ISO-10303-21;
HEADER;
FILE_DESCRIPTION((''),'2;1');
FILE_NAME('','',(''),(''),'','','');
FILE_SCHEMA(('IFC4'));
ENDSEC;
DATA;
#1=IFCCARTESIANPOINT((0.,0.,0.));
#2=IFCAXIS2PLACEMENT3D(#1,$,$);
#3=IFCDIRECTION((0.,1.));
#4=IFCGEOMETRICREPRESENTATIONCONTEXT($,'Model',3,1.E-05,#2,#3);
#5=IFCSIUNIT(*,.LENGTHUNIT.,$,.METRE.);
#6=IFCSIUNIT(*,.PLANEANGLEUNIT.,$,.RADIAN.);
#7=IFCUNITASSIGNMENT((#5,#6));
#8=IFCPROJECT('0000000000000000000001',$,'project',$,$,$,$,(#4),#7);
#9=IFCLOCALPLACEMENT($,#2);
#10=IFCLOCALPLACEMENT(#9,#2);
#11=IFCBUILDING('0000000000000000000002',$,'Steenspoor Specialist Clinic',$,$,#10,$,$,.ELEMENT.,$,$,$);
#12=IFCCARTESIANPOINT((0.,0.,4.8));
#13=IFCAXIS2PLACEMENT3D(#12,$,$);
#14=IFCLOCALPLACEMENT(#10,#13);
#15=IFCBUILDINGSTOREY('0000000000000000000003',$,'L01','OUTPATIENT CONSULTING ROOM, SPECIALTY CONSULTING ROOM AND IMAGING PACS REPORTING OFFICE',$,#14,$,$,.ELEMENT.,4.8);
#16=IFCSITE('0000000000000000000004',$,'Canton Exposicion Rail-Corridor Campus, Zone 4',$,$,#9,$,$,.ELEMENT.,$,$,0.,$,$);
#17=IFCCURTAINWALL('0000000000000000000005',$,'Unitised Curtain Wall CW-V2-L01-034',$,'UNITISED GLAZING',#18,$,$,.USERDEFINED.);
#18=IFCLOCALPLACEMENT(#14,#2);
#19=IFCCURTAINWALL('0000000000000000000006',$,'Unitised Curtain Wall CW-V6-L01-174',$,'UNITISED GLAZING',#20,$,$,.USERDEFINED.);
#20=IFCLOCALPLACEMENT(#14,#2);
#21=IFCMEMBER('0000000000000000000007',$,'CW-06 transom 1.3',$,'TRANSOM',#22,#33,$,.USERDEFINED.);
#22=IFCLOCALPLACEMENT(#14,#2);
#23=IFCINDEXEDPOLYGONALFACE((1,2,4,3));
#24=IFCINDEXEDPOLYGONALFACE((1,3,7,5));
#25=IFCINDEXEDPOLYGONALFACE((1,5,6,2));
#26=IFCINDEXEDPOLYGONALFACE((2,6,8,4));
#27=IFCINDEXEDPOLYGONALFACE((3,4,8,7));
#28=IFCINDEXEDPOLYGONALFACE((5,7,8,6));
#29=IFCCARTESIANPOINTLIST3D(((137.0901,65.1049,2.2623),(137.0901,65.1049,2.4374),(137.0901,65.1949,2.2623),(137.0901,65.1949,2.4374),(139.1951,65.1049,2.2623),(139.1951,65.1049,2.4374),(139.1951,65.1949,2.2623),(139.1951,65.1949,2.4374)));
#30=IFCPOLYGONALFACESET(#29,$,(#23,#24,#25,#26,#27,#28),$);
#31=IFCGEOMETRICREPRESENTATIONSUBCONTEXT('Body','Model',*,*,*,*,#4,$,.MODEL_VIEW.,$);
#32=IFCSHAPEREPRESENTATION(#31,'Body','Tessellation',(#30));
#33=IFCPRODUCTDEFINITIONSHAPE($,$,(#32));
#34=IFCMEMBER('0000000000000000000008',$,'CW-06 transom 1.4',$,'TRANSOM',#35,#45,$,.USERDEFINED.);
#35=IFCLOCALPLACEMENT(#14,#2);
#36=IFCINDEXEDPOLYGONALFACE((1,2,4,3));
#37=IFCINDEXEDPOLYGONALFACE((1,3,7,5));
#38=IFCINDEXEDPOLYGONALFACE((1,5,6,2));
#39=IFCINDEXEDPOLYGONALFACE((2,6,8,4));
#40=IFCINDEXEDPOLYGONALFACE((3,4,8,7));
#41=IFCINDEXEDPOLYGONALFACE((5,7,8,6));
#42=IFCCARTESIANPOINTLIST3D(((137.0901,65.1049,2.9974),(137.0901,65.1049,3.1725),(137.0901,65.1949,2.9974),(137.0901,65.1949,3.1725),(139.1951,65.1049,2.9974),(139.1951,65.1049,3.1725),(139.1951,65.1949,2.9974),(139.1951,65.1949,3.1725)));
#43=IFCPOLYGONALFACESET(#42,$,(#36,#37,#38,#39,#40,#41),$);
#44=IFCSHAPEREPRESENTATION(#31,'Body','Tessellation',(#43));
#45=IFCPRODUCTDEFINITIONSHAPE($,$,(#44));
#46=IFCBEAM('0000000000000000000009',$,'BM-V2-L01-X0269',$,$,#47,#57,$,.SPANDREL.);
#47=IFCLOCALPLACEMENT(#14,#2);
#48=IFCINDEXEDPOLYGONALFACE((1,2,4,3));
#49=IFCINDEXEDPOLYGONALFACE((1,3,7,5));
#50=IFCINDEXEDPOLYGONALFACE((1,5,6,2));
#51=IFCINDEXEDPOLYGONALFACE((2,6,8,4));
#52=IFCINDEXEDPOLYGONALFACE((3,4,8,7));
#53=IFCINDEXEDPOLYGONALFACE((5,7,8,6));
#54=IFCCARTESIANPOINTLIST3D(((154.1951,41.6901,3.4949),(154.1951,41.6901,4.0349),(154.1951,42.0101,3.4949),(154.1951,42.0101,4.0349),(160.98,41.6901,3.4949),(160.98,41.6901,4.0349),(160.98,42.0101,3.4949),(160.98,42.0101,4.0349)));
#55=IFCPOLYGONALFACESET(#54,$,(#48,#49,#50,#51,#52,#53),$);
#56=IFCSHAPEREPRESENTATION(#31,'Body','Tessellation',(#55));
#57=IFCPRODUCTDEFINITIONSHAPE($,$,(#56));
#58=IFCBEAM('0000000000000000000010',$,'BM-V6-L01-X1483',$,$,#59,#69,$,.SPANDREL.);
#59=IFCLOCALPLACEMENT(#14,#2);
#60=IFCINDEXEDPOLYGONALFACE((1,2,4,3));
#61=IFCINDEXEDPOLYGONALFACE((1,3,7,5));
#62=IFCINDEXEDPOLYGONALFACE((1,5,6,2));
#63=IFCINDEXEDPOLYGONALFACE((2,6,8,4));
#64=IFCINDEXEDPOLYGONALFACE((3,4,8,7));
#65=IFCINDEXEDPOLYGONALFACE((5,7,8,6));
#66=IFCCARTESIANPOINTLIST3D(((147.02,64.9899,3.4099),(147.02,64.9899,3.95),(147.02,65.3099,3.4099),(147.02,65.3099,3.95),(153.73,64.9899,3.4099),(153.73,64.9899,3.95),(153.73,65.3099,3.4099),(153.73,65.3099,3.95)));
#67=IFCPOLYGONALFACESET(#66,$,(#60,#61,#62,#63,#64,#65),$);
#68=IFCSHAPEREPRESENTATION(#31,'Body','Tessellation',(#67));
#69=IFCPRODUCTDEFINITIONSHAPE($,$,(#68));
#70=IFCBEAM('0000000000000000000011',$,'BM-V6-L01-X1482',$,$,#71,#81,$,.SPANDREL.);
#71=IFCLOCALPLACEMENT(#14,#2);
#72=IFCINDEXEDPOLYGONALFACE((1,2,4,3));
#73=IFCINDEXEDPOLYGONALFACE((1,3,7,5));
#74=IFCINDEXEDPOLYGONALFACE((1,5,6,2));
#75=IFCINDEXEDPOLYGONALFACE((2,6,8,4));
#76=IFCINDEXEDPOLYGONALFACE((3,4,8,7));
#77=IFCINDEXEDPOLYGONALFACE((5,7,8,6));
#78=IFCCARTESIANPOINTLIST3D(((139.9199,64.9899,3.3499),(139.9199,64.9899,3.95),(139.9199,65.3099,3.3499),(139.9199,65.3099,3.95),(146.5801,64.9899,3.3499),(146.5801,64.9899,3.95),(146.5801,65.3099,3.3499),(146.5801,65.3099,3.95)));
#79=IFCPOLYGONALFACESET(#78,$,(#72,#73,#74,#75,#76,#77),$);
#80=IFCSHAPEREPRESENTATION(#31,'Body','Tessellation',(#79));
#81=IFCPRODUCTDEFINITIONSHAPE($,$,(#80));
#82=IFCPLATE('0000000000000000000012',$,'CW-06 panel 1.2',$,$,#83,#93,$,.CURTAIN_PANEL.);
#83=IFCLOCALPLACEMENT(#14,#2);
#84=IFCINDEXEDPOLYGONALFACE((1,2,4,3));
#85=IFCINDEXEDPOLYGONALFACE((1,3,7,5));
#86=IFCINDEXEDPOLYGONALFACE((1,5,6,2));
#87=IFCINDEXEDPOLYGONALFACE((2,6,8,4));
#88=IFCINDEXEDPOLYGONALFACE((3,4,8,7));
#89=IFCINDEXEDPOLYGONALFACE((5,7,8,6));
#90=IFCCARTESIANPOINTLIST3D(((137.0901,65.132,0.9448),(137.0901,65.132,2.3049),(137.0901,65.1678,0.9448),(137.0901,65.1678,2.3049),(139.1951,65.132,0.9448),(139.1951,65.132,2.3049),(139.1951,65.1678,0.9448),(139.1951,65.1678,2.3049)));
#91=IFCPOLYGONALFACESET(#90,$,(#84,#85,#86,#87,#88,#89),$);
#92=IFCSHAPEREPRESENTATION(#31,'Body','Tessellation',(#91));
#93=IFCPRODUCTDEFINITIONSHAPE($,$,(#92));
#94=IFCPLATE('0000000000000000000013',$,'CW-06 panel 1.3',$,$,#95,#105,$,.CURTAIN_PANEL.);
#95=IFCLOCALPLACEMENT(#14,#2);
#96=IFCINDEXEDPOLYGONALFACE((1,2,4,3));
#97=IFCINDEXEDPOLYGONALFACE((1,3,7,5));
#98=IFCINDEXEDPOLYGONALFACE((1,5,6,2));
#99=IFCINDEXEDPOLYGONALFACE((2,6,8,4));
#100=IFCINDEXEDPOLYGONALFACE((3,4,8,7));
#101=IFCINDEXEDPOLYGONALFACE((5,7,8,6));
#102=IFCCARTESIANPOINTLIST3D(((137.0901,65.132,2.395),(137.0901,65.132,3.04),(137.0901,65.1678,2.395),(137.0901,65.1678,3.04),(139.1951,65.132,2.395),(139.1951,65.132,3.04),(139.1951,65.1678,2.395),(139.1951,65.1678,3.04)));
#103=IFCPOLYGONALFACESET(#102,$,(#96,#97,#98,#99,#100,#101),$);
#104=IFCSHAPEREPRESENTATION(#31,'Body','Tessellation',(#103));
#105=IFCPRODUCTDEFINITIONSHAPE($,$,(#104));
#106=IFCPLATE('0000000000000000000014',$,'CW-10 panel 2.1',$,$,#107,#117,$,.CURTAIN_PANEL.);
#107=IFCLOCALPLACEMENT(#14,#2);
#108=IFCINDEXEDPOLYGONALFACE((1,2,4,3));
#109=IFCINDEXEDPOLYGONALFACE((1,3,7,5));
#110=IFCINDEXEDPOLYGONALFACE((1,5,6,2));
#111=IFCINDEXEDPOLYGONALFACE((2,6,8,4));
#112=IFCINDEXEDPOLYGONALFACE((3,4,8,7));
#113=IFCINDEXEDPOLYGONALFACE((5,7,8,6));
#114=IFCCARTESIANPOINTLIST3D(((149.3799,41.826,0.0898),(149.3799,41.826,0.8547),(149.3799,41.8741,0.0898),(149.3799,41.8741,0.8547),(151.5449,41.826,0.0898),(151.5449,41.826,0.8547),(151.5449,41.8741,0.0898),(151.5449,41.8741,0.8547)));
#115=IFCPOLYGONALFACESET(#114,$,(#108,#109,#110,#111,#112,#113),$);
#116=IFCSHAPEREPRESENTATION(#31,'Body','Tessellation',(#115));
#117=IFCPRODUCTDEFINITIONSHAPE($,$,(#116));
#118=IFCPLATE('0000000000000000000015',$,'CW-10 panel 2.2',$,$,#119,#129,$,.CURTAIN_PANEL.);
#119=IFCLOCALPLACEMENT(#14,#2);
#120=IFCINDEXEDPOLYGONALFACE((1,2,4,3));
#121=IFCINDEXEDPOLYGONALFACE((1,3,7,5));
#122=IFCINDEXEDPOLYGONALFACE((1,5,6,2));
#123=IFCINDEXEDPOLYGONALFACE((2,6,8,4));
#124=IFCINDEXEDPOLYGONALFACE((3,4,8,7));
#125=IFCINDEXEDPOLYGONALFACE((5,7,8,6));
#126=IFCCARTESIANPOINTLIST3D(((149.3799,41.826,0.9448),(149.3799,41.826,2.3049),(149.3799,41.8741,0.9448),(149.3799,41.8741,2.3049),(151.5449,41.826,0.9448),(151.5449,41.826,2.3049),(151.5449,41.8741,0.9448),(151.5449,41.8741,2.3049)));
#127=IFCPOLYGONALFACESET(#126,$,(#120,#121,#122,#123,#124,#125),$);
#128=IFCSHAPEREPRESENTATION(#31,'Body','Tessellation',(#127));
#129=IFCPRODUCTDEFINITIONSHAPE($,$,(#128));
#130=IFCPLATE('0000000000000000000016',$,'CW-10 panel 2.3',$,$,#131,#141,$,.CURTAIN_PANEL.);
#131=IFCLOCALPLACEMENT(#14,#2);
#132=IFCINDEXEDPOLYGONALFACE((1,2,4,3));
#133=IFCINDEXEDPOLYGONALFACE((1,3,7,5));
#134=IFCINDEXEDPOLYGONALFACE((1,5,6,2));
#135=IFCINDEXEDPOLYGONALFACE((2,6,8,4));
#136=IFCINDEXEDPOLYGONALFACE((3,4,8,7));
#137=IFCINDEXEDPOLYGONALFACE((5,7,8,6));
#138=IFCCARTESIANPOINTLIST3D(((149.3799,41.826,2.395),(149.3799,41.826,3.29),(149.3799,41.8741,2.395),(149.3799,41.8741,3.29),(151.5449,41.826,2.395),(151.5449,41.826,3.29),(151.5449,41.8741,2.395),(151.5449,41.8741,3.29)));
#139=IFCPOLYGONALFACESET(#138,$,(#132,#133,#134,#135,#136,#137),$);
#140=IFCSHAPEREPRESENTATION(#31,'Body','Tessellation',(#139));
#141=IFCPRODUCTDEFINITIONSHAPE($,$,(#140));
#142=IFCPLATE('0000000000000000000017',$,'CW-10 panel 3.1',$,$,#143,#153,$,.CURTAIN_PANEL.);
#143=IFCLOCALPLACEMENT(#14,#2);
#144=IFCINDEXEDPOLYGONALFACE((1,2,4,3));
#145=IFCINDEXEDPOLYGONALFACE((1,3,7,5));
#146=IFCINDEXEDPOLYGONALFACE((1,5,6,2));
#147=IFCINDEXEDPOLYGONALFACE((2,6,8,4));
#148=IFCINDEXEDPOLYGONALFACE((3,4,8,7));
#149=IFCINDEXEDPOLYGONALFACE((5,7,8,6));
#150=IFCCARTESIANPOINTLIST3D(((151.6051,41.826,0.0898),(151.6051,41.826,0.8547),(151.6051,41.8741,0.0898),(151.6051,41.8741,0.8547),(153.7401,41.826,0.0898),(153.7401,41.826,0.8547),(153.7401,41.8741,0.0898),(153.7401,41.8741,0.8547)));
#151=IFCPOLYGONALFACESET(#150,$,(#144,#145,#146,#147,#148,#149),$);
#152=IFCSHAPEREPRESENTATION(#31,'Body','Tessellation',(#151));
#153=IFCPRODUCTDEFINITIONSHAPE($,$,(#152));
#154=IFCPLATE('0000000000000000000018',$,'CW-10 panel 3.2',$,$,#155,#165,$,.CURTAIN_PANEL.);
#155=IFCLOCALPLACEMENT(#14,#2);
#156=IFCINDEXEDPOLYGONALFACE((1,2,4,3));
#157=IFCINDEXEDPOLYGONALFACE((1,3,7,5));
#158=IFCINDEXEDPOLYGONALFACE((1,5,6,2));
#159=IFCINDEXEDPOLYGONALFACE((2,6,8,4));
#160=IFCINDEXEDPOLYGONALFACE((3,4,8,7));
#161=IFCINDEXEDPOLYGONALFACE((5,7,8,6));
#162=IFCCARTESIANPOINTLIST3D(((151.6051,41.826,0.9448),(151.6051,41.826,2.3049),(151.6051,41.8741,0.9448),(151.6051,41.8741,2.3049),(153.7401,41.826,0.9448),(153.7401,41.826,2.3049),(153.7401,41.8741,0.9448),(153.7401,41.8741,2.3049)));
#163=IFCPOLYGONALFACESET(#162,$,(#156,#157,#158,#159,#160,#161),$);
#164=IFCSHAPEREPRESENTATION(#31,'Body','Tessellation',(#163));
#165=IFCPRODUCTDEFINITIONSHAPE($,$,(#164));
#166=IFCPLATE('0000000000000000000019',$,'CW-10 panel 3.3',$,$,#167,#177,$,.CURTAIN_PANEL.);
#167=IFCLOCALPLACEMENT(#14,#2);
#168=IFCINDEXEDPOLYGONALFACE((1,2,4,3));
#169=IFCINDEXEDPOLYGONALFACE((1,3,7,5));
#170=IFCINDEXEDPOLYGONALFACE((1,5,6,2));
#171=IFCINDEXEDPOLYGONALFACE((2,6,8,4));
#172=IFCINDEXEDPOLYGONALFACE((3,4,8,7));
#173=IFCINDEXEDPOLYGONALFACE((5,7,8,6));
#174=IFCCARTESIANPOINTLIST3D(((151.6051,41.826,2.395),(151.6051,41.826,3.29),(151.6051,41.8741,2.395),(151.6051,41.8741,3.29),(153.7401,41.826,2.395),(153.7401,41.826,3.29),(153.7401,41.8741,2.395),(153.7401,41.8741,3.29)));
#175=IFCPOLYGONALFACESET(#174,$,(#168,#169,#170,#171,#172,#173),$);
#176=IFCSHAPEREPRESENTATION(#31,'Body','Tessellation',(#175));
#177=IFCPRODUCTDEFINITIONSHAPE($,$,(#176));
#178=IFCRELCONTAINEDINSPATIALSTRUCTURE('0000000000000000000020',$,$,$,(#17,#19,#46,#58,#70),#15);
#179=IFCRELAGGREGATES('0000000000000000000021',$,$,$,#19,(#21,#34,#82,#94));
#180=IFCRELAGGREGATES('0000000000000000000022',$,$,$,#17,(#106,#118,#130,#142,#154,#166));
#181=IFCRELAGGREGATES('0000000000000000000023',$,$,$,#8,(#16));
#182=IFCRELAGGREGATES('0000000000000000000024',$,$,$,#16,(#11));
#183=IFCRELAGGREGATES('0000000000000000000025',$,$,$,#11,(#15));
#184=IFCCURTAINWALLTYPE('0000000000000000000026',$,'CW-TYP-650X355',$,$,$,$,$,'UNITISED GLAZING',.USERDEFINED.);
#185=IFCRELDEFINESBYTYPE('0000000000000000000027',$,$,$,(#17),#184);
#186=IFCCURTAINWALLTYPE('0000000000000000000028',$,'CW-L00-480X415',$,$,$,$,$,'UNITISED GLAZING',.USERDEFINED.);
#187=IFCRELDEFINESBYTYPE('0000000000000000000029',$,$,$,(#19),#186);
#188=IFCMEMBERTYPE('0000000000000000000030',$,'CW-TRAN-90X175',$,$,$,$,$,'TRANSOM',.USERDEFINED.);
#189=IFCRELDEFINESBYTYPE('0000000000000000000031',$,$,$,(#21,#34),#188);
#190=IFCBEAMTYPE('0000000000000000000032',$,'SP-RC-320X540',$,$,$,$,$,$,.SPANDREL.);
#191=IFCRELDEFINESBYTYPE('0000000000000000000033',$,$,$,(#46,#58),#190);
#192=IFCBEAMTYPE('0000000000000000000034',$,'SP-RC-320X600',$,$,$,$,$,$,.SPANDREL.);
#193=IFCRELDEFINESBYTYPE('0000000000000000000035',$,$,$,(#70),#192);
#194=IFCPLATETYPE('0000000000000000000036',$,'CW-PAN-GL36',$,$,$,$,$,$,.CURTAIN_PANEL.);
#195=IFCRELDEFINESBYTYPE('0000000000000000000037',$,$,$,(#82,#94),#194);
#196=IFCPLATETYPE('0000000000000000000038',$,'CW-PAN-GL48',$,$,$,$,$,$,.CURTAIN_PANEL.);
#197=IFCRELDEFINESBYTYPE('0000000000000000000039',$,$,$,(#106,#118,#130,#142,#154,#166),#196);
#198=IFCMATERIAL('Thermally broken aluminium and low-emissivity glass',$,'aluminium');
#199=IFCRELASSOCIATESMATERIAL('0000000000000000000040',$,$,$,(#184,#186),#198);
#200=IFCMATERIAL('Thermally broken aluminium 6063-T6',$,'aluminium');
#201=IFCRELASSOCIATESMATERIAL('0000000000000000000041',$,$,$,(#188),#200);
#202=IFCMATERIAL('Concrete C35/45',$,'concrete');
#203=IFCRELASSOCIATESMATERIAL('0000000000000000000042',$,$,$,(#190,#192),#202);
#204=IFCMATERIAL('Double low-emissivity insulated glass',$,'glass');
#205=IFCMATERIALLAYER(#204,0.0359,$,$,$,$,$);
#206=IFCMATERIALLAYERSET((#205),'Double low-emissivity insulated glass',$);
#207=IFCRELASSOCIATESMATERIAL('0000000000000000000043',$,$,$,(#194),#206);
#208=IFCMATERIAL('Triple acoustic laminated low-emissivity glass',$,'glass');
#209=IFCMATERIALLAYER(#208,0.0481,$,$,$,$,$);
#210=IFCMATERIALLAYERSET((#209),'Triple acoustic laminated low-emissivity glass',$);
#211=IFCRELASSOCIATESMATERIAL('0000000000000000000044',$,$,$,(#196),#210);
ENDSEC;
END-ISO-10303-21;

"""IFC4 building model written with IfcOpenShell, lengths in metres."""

from ifc_helpers import new_model, si_unit, direction, frame, origin, origin_2d, place, context, subcontext, project, spatial, rectangle, extrude, material, layer, layer_set, material_profile, profile_set, type_object, element, aggregate, save


model = new_model("IFC4")

# Units and contexts
model_context = context("Model", 3, precision=1e-05, world=origin(), true_north=direction((0.0, 1.0)))
body_context = subcontext(model_context, "Body", "Model", "MODEL_VIEW")
ifc_project = project(units=[si_unit("LENGTHUNIT", "METRE"), si_unit("PLANEANGLEUNIT", "RADIAN")], contexts=[model_context])

# Site, building, storey
site_placement = place(None, origin())
site = spatial("IfcSite", under=ifc_project, at=site_placement, Name="Canton Exposicion Rail-Corridor Campus, Zone 4", CompositionType="ELEMENT", RefElevation=0.0)
building_placement = place(site_placement, origin())
building = spatial("IfcBuilding", under=site, at=building_placement, Name="Steenspoor Specialist Clinic", CompositionType="ELEMENT")
storey_placement = place(building_placement, frame((0.0, 0.0, 4.8)))
storey = spatial("IfcBuildingStorey", under=building, at=storey_placement, Name="L01", Description="OUTPATIENT CONSULTING ROOM, SPECIALTY CONSULTING ROOM AND IMAGING PACS REPORTING OFFICE", CompositionType="ELEMENT", Elevation=4.8)

# Curtain wall
ifc_material_1 = material(Name="Thermally broken aluminium and low-emissivity glass", Category="aluminium")
curtain_wall_type_1 = type_object("IfcCurtainWallType", Name="CW-TYP-650X355", ElementType="UNITISED GLAZING", PredefinedType="USERDEFINED", material=ifc_material_1)
curtain_wall_1_placement = place(storey_placement, origin())
curtain_wall_1 = element("IfcCurtainWall", 1, at=curtain_wall_1_placement, inside=storey, type_object=curtain_wall_type_1, Name="Unitised Curtain Wall CW-V2-L01-034", ObjectType="UNITISED GLAZING", PredefinedType="USERDEFINED")
ifc_material_2 = material(Name="Thermally broken aluminium 6063-T6", Category="aluminium")

# Curtain wall
curtain_wall_type_2 = type_object("IfcCurtainWallType", Name="CW-L00-480X415", ElementType="UNITISED GLAZING", PredefinedType="USERDEFINED", material=ifc_material_1)
curtain_wall_2_placement = place(storey_placement, origin())
curtain_wall_2 = element("IfcCurtainWall", 2, at=curtain_wall_2_placement, inside=storey, type_object=curtain_wall_type_2, Name="Unitised Curtain Wall CW-V6-L01-174", ObjectType="UNITISED GLAZING", PredefinedType="USERDEFINED")

# Members
ifc_material_profile_1 = material_profile(ifc_material_2, rectangle(XDim=0.0901, YDim=0.175, at=origin_2d()), Name="CWT-90X175")
ifc_profile_set_1 = profile_set([ifc_material_profile_1], Name="Thermally broken aluminium 6063-T6")
member_type_1 = type_object("IfcMemberType", Name="CW-TRAN-90X175", ElementType="TRANSOM", PredefinedType="USERDEFINED", material=ifc_profile_set_1)
member_1_placement = place(storey_placement, frame((139.1951, 65.1499, 2.3499), z_axis=(-1.0, 0.0, 0.0), x_axis=(0.0, -1.0, 0.0)))
member_1 = element("IfcMember", 3, at=member_1_placement, type_object=member_type_1, Name="CW-06 transom 1.3", ObjectType="TRANSOM", PredefinedType="USERDEFINED", context=body_context, shape_type="SweptSolid", body=[
    extrude(rectangle(XDim=0.0901, YDim=0.175, at=origin_2d()), origin(), (0.0, 0.0, 1.0), 2.105),
])
member_2_placement = place(storey_placement, frame((139.1951, 65.1499, 3.085), z_axis=(-1.0, 0.0, 0.0), x_axis=(0.0, -1.0, 0.0)))
member_2 = element("IfcMember", 4, at=member_2_placement, type_object=member_type_1, Name="CW-06 transom 1.4", ObjectType="TRANSOM", PredefinedType="USERDEFINED", context=body_context, shape_type="SweptSolid", body=[
    extrude(rectangle(XDim=0.0901, YDim=0.175, at=origin_2d()), origin(), (0.0, 0.0, 1.0), 2.105),
])

# Beams
ifc_material_3 = material(Name="Concrete C35/45", Category="concrete")
ifc_material_profile_2 = material_profile(ifc_material_3, rectangle(XDim=0.3201, YDim=0.54, at=origin_2d()), Name="RC-SP-320X540")
ifc_profile_set_2 = profile_set([ifc_material_profile_2], Name="Concrete C35/45")
beam_type_1 = type_object("IfcBeamType", Name="SP-RC-320X540", PredefinedType="SPANDREL", material=ifc_profile_set_2)
beam_1_placement = place(storey_placement, frame((154.1951, 41.8501, 3.7649), z_axis=(1.0, 0.0, 0.0), x_axis=(0.0, 1.0, 0.0)))
element("IfcBeam", 5, at=beam_1_placement, inside=storey, type_object=beam_type_1, Name="BM-V2-L01-X0269", PredefinedType="SPANDREL", context=body_context, shape_type="SweptSolid", body=[
    extrude(rectangle(XDim=0.3201, YDim=0.54, at=origin_2d()), origin(), (0.0, 0.0, 1.0), 6.7849),
])
beam_2_placement = place(storey_placement, frame((147.02, 65.1499, 3.6799), z_axis=(1.0, 0.0, 0.0), x_axis=(0.0, 1.0, 0.0)))
element("IfcBeam", 6, at=beam_2_placement, inside=storey, type_object=beam_type_1, Name="BM-V6-L01-X1483", PredefinedType="SPANDREL", context=body_context, shape_type="SweptSolid", body=[
    extrude(rectangle(XDim=0.3201, YDim=0.54, at=origin_2d()), origin(), (0.0, 0.0, 1.0), 6.71),
])
ifc_material_profile_3 = material_profile(ifc_material_3, rectangle(XDim=0.3201, YDim=0.6001, at=origin_2d()), Name="RC-SP-320X600")
ifc_profile_set_3 = profile_set([ifc_material_profile_3], Name="Concrete C35/45")
beam_type_2 = type_object("IfcBeamType", Name="SP-RC-320X600", PredefinedType="SPANDREL", material=ifc_profile_set_3)
beam_3_placement = place(storey_placement, frame((139.9199, 65.1499, 3.6499), z_axis=(1.0, 0.0, 0.0), x_axis=(0.0, 1.0, 0.0)))
element("IfcBeam", 7, at=beam_3_placement, inside=storey, type_object=beam_type_2, Name="BM-V6-L01-X1482", PredefinedType="SPANDREL", context=body_context, shape_type="SweptSolid", body=[
    extrude(rectangle(XDim=0.3201, YDim=0.6001, at=origin_2d()), origin(), (0.0, 0.0, 1.0), 6.6602),
])

# Plates
ifc_material_4 = material(Name="Double low-emissivity insulated glass", Category="glass")
ifc_layer_1 = layer(ifc_material_4, 0.0359)
ifc_layer_set_1 = layer_set([ifc_layer_1], Name="Double low-emissivity insulated glass")
plate_type_1 = type_object("IfcPlateType", Name="CW-PAN-GL36", PredefinedType="CURTAIN_PANEL", material=ifc_layer_set_1)
plate_1_placement = place(storey_placement, frame((138.1426, 65.1499, 0.9448), z_axis=(0.0, 0.0, 1.0), x_axis=(-1.0, 0.0, 0.0)))
plate_1 = element("IfcPlate", 8, at=plate_1_placement, type_object=plate_type_1, Name="CW-06 panel 1.2", PredefinedType="CURTAIN_PANEL", context=body_context, shape_type="SweptSolid", body=[
    extrude(rectangle(XDim=2.105, YDim=0.0359, at=origin_2d()), origin(), (0.0, 0.0, 1.0), 1.3601),
])
plate_2_placement = place(storey_placement, frame((138.1426, 65.1499, 2.395), z_axis=(0.0, 0.0, 1.0), x_axis=(-1.0, 0.0, 0.0)))
plate_2 = element("IfcPlate", 9, at=plate_2_placement, type_object=plate_type_1, Name="CW-06 panel 1.3", PredefinedType="CURTAIN_PANEL", context=body_context, shape_type="SweptSolid", body=[
    extrude(rectangle(XDim=2.105, YDim=0.0359, at=origin_2d()), origin(), (0.0, 0.0, 1.0), 0.645),
])
aggregate(curtain_wall_2, [member_1, member_2, plate_1, plate_2])
ifc_material_5 = material(Name="Triple acoustic laminated low-emissivity glass", Category="glass")
ifc_layer_2 = layer(ifc_material_5, 0.0481)
ifc_layer_set_2 = layer_set([ifc_layer_2], Name="Triple acoustic laminated low-emissivity glass")
plate_type_2 = type_object("IfcPlateType", Name="CW-PAN-GL48", PredefinedType="CURTAIN_PANEL", material=ifc_layer_set_2)
plate_3_placement = place(storey_placement, frame((150.4624, 41.8501, 0.0898), z_axis=(0.0, 0.0, 1.0), x_axis=(1.0, 0.0, 0.0)))
plate_3 = element("IfcPlate", 10, at=plate_3_placement, type_object=plate_type_2, Name="CW-10 panel 2.1", PredefinedType="CURTAIN_PANEL", context=body_context, shape_type="SweptSolid", body=[
    extrude(rectangle(XDim=2.165, YDim=0.0481, at=origin_2d()), origin(), (0.0, 0.0, 1.0), 0.7649),
])
plate_4_placement = place(storey_placement, frame((150.4624, 41.8501, 0.9448), z_axis=(0.0, 0.0, 1.0), x_axis=(1.0, 0.0, 0.0)))
plate_4 = element("IfcPlate", 11, at=plate_4_placement, type_object=plate_type_2, Name="CW-10 panel 2.2", PredefinedType="CURTAIN_PANEL", context=body_context, shape_type="SweptSolid", body=[
    extrude(rectangle(XDim=2.165, YDim=0.0481, at=origin_2d()), origin(), (0.0, 0.0, 1.0), 1.3601),
])
plate_5_placement = place(storey_placement, frame((150.4624, 41.8501, 2.395), z_axis=(0.0, 0.0, 1.0), x_axis=(1.0, 0.0, 0.0)))
plate_5 = element("IfcPlate", 12, at=plate_5_placement, type_object=plate_type_2, Name="CW-10 panel 2.3", PredefinedType="CURTAIN_PANEL", context=body_context, shape_type="SweptSolid", body=[
    extrude(rectangle(XDim=2.165, YDim=0.0481, at=origin_2d()), origin(), (0.0, 0.0, 1.0), 0.895),
])
plate_6_placement = place(storey_placement, frame((152.6726, 41.8501, 0.0898), z_axis=(0.0, 0.0, 1.0), x_axis=(1.0, 0.0, 0.0)))
plate_6 = element("IfcPlate", 13, at=plate_6_placement, type_object=plate_type_2, Name="CW-10 panel 3.1", PredefinedType="CURTAIN_PANEL", context=body_context, shape_type="SweptSolid", body=[
    extrude(rectangle(XDim=2.135, YDim=0.0481, at=origin_2d()), origin(), (0.0, 0.0, 1.0), 0.7649),
])
plate_7_placement = place(storey_placement, frame((152.6726, 41.8501, 0.9448), z_axis=(0.0, 0.0, 1.0), x_axis=(1.0, 0.0, 0.0)))
plate_7 = element("IfcPlate", 14, at=plate_7_placement, type_object=plate_type_2, Name="CW-10 panel 3.2", PredefinedType="CURTAIN_PANEL", context=body_context, shape_type="SweptSolid", body=[
    extrude(rectangle(XDim=2.135, YDim=0.0481, at=origin_2d()), origin(), (0.0, 0.0, 1.0), 1.3601),
])
plate_8_placement = place(storey_placement, frame((152.6726, 41.8501, 2.395), z_axis=(0.0, 0.0, 1.0), x_axis=(1.0, 0.0, 0.0)))
plate_8 = element("IfcPlate", 15, at=plate_8_placement, type_object=plate_type_2, Name="CW-10 panel 3.3", PredefinedType="CURTAIN_PANEL", context=body_context, shape_type="SweptSolid", body=[
    extrude(rectangle(XDim=2.135, YDim=0.0481, at=origin_2d()), origin(), (0.0, 0.0, 1.0), 0.895),
])
aggregate(curtain_wall_1, [plate_3, plate_4, plate_5, plate_6, plate_7, plate_8])

save(model, "model.ifc")
